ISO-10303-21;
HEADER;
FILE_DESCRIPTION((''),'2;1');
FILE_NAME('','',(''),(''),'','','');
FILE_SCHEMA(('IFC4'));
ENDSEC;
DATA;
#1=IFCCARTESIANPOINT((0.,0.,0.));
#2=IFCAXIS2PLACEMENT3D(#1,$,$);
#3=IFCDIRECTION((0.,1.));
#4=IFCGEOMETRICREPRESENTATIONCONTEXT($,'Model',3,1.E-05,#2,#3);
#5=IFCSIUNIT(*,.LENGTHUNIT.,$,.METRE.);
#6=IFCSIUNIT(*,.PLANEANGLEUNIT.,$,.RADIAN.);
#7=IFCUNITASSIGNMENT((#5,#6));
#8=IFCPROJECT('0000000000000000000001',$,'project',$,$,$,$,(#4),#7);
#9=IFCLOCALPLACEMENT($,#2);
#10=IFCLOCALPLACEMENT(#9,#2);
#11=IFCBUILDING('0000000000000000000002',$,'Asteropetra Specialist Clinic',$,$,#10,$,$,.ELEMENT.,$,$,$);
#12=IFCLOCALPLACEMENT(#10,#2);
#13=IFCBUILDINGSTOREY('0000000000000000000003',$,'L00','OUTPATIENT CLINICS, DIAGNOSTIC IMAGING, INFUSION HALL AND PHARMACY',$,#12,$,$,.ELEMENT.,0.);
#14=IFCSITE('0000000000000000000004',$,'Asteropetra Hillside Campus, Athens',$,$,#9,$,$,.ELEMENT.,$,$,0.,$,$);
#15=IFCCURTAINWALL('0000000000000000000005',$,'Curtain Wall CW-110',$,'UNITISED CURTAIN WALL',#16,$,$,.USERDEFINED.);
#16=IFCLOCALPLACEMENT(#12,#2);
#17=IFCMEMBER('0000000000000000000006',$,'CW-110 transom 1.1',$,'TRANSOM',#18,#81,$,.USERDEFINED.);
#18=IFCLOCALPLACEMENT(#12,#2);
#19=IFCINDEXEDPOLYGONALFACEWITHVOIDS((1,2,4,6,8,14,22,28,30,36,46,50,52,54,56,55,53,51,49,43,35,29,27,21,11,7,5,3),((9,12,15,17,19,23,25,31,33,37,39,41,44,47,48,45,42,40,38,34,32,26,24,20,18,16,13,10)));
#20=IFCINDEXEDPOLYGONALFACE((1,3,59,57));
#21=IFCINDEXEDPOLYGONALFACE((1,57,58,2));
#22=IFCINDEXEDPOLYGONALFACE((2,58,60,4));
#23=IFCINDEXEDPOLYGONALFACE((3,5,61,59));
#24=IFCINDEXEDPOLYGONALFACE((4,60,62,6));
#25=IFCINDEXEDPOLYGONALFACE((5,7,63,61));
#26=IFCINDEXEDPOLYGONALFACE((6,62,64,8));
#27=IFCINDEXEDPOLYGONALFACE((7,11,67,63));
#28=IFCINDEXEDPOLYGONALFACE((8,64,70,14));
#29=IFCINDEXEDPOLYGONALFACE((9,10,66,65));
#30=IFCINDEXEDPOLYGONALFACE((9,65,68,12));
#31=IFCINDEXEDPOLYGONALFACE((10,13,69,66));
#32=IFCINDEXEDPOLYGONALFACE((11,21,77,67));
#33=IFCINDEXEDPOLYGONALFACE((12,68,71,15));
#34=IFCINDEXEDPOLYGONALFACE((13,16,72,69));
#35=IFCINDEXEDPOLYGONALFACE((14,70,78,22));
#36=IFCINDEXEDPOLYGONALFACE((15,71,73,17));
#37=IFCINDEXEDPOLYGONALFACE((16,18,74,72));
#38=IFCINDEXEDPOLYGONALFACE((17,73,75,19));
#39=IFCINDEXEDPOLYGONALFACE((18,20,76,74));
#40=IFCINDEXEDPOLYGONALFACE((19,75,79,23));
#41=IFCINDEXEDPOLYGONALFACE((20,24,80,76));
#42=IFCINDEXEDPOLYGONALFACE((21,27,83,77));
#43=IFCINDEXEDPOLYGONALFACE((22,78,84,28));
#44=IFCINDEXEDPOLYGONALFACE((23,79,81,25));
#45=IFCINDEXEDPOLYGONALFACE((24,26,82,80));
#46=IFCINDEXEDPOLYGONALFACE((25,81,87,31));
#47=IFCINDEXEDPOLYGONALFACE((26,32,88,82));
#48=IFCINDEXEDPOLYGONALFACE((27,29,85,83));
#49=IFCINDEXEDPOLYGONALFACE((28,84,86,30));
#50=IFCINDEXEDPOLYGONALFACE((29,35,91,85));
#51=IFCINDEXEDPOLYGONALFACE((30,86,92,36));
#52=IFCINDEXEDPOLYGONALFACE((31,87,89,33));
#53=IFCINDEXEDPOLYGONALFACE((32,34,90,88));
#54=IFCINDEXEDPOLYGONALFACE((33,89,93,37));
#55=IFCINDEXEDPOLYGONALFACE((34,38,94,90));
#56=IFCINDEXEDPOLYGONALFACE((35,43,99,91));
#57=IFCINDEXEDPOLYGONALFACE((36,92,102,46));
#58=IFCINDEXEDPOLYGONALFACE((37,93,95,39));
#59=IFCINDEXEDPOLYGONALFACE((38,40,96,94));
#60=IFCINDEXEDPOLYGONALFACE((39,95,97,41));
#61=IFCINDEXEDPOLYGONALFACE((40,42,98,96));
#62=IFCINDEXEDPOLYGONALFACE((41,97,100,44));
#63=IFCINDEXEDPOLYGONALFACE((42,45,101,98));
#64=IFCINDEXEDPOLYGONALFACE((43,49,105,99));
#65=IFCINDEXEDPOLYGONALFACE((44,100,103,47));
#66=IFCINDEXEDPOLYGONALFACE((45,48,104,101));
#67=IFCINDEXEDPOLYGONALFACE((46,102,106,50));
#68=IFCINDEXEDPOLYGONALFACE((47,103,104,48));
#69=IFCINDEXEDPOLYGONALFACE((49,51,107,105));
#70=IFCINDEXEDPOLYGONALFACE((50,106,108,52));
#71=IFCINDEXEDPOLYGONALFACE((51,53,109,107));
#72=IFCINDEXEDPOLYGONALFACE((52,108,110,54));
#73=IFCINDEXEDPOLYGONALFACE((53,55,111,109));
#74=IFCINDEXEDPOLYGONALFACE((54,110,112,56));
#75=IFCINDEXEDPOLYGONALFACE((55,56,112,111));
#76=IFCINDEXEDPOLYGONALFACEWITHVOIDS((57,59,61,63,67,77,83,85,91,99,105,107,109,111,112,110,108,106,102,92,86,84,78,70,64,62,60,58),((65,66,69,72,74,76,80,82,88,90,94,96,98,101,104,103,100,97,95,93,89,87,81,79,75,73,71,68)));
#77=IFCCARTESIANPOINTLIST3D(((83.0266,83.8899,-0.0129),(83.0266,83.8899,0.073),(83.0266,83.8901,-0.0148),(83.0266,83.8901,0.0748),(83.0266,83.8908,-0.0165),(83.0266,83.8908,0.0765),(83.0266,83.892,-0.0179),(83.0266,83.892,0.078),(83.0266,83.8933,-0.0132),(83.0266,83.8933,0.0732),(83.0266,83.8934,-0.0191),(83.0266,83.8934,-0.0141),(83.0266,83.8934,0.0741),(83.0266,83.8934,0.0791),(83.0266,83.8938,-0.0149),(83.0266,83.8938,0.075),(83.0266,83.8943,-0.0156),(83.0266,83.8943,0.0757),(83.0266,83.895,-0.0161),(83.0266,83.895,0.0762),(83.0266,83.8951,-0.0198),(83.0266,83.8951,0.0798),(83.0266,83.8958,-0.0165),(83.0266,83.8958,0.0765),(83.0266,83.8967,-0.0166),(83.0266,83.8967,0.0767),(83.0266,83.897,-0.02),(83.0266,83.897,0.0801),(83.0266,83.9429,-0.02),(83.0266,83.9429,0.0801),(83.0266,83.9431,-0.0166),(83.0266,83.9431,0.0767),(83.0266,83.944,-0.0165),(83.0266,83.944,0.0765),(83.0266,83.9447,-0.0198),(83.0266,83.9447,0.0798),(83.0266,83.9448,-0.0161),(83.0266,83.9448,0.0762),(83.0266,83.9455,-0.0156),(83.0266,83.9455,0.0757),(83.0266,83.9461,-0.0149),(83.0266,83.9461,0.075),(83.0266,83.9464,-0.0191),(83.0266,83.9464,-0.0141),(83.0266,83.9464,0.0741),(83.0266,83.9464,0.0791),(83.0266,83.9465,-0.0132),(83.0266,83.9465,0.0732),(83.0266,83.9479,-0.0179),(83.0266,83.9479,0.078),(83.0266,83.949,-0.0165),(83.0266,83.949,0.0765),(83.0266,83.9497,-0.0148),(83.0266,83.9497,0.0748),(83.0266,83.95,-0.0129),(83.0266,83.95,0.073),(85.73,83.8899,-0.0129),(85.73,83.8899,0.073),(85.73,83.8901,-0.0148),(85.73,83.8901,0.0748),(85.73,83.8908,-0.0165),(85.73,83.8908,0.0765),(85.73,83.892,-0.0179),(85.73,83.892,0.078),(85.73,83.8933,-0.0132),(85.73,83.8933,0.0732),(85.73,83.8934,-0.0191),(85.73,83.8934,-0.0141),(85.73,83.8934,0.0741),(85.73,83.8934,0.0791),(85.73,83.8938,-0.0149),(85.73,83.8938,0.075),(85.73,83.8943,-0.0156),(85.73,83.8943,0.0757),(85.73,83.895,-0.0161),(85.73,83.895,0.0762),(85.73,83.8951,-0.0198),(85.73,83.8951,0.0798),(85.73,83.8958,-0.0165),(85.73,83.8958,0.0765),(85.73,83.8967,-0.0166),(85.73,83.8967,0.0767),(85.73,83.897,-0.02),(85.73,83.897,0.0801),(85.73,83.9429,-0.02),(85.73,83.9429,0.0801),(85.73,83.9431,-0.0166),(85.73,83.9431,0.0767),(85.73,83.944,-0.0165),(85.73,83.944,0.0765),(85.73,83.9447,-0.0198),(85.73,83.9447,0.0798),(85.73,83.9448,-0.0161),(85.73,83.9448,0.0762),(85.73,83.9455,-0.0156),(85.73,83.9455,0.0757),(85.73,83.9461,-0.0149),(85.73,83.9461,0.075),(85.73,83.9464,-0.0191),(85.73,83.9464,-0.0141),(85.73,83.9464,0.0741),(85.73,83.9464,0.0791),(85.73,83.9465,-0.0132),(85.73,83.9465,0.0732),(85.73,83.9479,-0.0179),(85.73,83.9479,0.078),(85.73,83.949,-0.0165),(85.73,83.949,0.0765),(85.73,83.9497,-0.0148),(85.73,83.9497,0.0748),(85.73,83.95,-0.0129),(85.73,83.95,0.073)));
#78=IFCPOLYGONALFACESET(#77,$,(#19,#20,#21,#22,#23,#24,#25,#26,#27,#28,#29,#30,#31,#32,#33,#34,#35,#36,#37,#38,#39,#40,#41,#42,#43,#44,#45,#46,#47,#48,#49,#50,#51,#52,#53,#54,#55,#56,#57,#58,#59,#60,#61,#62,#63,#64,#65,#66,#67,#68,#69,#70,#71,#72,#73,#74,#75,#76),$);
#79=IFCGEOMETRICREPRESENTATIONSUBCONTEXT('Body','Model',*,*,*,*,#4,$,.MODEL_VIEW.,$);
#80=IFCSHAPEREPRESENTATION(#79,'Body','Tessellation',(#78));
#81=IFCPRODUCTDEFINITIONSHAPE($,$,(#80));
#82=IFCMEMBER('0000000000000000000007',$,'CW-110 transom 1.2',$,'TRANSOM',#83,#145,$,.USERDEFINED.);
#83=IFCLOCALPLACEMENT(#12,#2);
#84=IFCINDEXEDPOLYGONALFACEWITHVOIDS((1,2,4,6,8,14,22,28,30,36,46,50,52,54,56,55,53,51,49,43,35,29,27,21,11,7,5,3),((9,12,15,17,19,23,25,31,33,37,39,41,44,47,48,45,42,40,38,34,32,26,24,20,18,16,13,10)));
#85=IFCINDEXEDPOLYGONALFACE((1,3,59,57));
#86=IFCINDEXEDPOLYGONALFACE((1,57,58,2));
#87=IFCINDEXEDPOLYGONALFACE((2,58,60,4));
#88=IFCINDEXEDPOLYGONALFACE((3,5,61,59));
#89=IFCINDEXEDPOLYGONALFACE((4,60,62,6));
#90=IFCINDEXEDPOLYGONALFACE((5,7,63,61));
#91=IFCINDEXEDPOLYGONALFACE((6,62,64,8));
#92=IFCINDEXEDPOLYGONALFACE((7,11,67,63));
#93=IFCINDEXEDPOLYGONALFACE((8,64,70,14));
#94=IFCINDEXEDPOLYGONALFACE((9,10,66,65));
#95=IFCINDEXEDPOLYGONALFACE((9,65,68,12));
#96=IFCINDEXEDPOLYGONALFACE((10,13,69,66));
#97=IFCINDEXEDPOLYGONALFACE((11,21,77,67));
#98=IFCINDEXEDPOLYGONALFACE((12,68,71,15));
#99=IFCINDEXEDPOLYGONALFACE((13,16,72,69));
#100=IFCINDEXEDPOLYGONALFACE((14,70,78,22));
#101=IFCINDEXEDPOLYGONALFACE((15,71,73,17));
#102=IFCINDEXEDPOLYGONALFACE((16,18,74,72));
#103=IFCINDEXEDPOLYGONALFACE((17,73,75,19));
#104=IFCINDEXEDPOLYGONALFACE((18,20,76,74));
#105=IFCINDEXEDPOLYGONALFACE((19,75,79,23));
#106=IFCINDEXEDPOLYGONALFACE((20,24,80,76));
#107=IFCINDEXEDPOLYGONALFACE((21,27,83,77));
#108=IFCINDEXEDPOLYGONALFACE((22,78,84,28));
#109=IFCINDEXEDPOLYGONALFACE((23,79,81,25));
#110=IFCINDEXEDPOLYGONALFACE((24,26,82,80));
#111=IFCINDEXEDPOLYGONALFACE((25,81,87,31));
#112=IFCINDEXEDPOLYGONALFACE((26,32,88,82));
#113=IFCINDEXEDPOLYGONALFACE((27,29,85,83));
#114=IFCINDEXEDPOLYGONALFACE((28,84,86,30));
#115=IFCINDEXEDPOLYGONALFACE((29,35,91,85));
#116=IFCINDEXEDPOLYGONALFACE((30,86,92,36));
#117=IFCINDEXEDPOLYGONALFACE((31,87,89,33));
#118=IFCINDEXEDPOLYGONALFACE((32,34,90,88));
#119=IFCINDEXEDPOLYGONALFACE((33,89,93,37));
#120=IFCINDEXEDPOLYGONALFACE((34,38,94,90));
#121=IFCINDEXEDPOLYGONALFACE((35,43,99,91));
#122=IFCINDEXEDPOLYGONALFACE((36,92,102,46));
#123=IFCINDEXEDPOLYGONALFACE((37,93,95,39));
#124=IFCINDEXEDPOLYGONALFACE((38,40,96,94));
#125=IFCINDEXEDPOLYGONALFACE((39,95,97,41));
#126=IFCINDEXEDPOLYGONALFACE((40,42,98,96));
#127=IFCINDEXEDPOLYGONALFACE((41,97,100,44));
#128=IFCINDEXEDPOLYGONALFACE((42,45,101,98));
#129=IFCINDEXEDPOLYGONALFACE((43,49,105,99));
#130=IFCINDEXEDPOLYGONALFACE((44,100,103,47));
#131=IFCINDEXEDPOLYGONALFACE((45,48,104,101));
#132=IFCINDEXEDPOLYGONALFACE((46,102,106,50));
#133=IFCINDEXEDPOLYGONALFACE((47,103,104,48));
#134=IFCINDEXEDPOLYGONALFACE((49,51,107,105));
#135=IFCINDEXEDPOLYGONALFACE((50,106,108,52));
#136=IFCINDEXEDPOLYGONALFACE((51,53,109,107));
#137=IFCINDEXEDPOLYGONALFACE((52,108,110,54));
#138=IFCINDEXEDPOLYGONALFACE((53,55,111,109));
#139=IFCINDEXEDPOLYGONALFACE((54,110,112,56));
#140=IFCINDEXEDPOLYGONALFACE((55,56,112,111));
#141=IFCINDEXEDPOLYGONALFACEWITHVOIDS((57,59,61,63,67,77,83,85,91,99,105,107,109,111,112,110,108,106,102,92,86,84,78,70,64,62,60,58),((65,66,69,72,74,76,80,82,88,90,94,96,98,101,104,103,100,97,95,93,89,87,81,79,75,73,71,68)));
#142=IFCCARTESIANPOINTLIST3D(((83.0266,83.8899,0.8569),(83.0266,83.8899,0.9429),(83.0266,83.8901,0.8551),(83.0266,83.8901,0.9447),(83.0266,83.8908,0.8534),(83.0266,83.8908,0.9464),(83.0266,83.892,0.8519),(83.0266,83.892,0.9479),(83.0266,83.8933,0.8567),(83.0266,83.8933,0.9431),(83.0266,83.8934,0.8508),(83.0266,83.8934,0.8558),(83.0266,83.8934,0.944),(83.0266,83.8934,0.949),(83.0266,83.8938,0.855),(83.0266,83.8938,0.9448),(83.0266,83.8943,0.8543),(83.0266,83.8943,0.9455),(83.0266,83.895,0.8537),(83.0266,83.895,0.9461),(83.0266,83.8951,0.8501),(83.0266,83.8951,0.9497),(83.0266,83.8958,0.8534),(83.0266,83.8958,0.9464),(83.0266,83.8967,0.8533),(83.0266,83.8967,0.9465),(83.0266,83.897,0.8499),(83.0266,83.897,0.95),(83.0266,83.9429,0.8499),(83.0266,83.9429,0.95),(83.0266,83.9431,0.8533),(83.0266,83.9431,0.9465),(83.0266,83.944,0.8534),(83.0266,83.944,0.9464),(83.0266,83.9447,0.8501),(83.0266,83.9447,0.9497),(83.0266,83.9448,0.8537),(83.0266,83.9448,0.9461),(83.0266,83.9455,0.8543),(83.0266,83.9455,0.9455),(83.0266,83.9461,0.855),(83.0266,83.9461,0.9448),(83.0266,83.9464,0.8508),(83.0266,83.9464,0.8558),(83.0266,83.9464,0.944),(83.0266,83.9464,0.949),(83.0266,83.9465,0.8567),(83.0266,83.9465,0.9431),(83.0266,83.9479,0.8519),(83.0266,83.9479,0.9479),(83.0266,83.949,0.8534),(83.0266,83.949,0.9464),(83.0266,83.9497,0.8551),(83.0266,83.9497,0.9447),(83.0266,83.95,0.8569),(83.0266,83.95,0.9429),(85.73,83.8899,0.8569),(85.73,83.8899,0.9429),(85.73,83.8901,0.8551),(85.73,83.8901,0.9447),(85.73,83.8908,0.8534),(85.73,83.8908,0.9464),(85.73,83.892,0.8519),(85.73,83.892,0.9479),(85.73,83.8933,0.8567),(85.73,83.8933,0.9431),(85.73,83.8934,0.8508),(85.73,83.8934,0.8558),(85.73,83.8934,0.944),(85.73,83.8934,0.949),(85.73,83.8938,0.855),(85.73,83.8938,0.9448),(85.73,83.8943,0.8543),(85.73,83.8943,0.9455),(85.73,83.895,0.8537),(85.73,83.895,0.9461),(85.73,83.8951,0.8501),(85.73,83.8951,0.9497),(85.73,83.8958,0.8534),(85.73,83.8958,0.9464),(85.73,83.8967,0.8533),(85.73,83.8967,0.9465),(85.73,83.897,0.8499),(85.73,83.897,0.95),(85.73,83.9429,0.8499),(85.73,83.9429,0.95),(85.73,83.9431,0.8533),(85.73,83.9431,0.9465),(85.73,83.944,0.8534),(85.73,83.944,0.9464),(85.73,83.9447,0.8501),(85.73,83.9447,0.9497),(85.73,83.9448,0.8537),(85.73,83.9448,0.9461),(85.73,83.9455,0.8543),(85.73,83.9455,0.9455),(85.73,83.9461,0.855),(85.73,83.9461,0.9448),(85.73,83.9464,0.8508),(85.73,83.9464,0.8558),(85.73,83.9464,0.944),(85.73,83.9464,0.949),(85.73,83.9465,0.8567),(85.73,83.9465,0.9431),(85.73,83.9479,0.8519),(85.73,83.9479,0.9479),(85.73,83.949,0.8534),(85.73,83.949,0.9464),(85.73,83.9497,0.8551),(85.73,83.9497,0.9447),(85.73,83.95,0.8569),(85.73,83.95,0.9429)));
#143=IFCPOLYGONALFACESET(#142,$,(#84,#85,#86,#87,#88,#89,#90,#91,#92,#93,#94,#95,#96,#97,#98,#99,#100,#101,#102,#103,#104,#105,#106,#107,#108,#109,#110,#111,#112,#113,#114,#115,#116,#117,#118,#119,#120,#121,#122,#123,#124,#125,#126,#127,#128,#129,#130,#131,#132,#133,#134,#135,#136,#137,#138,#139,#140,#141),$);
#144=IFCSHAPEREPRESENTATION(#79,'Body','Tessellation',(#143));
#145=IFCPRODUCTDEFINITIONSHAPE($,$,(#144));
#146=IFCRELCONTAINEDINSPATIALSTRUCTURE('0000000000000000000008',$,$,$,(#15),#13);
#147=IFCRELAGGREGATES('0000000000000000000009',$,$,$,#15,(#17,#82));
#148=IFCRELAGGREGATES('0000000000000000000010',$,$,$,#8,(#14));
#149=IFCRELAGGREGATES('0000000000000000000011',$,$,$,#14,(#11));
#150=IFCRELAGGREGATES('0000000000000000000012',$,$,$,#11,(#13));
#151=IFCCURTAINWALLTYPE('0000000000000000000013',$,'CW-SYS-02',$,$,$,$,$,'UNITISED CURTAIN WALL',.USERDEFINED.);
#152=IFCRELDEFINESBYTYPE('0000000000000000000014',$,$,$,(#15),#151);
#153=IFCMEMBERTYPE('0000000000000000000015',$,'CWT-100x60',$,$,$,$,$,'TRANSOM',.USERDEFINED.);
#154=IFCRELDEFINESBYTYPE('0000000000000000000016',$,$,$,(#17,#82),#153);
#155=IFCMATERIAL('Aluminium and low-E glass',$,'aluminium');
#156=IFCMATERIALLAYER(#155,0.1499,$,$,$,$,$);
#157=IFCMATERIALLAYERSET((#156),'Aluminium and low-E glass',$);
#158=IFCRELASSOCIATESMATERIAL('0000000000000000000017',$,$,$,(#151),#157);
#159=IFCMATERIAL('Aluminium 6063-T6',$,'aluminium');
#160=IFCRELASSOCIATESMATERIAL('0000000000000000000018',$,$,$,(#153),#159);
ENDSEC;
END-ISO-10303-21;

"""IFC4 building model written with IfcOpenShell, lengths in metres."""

from ifc_helpers import new_model, si_unit, direction, frame, origin, origin_2d, place, context, subcontext, project, spatial, hollow_rectangle, extrude, material, layer, layer_set, material_profile, profile_set, type_object, element, aggregate, save


model = new_model("IFC4")

# Units and contexts
model_context = context("Model", 3, precision=1e-05, world=origin(), true_north=direction((0.0, 1.0)))
body_context = subcontext(model_context, "Body", "Model", "MODEL_VIEW")
ifc_project = project(units=[si_unit("LENGTHUNIT", "METRE"), si_unit("PLANEANGLEUNIT", "RADIAN")], contexts=[model_context])

# Site, building, storey
site_placement = place(None, origin())
site = spatial("IfcSite", under=ifc_project, at=site_placement, Name="Asteropetra Hillside Campus, Athens", CompositionType="ELEMENT", RefElevation=0.0)
building_placement = place(site_placement, origin())
building = spatial("IfcBuilding", under=site, at=building_placement, Name="Asteropetra Specialist Clinic", CompositionType="ELEMENT")
storey_placement = place(building_placement, origin())
storey = spatial("IfcBuildingStorey", under=building, at=storey_placement, Name="L00", Description="OUTPATIENT CLINICS, DIAGNOSTIC IMAGING, INFUSION HALL AND PHARMACY", CompositionType="ELEMENT", Elevation=0.0)

# Curtain wall
ifc_material_1 = material(Name="Aluminium and low-E glass", Category="aluminium")
ifc_layer_1 = layer(ifc_material_1, 0.1499)
ifc_layer_set_1 = layer_set([ifc_layer_1], Name="Aluminium and low-E glass")
curtain_wall_type_1 = type_object("IfcCurtainWallType", Name="CW-SYS-02", ElementType="UNITISED CURTAIN WALL", PredefinedType="USERDEFINED", material=ifc_layer_set_1)
curtain_wall_1_placement = place(storey_placement, origin())
curtain_wall_1 = element("IfcCurtainWall", 1, at=curtain_wall_1_placement, inside=storey, type_object=curtain_wall_type_1, Name="Curtain Wall CW-110", ObjectType="UNITISED CURTAIN WALL", PredefinedType="USERDEFINED")

# Members
ifc_material_2 = material(Name="Aluminium 6063-T6", Category="aluminium")
ifc_material_profile_1 = material_profile(ifc_material_2, hollow_rectangle(XDim=0.0601, YDim=0.1001, WallThickness=0.0034, InnerFilletRadius=0.0034, OuterFilletRadius=0.0071, at=origin_2d()), Name="TRN 100x60x3.5")
ifc_profile_set_1 = profile_set([ifc_material_profile_1], Name="Aluminium 6063-T6")
member_type_1 = type_object("IfcMemberType", Name="CWT-100x60", ElementType="TRANSOM", PredefinedType="USERDEFINED", material=ifc_profile_set_1)
member_1_placement = place(storey_placement, frame((85.73, 83.9199, 0.03), z_axis=(-1.0, 0.0, 0.0), x_axis=(0.0, -1.0, 0.0)))
member_1 = element("IfcMember", 2, at=member_1_placement, type_object=member_type_1, Name="CW-110 transom 1.1", ObjectType="TRANSOM", PredefinedType="USERDEFINED", context=body_context, shape_type="SweptSolid", body=[
    extrude(hollow_rectangle(XDim=0.0601, YDim=0.1001, WallThickness=0.0034, InnerFilletRadius=0.0034, OuterFilletRadius=0.0071, at=origin_2d()), origin(), (0.0, 0.0, 1.0), 2.7034),
])
member_2_placement = place(storey_placement, frame((85.73, 83.9199, 0.8999), z_axis=(-1.0, 0.0, 0.0), x_axis=(0.0, -1.0, 0.0)))
member_2 = element("IfcMember", 3, at=member_2_placement, type_object=member_type_1, Name="CW-110 transom 1.2", ObjectType="TRANSOM", PredefinedType="USERDEFINED", context=body_context, shape_type="SweptSolid", body=[
    extrude(hollow_rectangle(XDim=0.0601, YDim=0.1001, WallThickness=0.0034, InnerFilletRadius=0.0034, OuterFilletRadius=0.0071, at=origin_2d()), origin(), (0.0, 0.0, 1.0), 2.7034),
])

aggregate(curtain_wall_1, [member_1, member_2])

save(model, "model.ifc")
